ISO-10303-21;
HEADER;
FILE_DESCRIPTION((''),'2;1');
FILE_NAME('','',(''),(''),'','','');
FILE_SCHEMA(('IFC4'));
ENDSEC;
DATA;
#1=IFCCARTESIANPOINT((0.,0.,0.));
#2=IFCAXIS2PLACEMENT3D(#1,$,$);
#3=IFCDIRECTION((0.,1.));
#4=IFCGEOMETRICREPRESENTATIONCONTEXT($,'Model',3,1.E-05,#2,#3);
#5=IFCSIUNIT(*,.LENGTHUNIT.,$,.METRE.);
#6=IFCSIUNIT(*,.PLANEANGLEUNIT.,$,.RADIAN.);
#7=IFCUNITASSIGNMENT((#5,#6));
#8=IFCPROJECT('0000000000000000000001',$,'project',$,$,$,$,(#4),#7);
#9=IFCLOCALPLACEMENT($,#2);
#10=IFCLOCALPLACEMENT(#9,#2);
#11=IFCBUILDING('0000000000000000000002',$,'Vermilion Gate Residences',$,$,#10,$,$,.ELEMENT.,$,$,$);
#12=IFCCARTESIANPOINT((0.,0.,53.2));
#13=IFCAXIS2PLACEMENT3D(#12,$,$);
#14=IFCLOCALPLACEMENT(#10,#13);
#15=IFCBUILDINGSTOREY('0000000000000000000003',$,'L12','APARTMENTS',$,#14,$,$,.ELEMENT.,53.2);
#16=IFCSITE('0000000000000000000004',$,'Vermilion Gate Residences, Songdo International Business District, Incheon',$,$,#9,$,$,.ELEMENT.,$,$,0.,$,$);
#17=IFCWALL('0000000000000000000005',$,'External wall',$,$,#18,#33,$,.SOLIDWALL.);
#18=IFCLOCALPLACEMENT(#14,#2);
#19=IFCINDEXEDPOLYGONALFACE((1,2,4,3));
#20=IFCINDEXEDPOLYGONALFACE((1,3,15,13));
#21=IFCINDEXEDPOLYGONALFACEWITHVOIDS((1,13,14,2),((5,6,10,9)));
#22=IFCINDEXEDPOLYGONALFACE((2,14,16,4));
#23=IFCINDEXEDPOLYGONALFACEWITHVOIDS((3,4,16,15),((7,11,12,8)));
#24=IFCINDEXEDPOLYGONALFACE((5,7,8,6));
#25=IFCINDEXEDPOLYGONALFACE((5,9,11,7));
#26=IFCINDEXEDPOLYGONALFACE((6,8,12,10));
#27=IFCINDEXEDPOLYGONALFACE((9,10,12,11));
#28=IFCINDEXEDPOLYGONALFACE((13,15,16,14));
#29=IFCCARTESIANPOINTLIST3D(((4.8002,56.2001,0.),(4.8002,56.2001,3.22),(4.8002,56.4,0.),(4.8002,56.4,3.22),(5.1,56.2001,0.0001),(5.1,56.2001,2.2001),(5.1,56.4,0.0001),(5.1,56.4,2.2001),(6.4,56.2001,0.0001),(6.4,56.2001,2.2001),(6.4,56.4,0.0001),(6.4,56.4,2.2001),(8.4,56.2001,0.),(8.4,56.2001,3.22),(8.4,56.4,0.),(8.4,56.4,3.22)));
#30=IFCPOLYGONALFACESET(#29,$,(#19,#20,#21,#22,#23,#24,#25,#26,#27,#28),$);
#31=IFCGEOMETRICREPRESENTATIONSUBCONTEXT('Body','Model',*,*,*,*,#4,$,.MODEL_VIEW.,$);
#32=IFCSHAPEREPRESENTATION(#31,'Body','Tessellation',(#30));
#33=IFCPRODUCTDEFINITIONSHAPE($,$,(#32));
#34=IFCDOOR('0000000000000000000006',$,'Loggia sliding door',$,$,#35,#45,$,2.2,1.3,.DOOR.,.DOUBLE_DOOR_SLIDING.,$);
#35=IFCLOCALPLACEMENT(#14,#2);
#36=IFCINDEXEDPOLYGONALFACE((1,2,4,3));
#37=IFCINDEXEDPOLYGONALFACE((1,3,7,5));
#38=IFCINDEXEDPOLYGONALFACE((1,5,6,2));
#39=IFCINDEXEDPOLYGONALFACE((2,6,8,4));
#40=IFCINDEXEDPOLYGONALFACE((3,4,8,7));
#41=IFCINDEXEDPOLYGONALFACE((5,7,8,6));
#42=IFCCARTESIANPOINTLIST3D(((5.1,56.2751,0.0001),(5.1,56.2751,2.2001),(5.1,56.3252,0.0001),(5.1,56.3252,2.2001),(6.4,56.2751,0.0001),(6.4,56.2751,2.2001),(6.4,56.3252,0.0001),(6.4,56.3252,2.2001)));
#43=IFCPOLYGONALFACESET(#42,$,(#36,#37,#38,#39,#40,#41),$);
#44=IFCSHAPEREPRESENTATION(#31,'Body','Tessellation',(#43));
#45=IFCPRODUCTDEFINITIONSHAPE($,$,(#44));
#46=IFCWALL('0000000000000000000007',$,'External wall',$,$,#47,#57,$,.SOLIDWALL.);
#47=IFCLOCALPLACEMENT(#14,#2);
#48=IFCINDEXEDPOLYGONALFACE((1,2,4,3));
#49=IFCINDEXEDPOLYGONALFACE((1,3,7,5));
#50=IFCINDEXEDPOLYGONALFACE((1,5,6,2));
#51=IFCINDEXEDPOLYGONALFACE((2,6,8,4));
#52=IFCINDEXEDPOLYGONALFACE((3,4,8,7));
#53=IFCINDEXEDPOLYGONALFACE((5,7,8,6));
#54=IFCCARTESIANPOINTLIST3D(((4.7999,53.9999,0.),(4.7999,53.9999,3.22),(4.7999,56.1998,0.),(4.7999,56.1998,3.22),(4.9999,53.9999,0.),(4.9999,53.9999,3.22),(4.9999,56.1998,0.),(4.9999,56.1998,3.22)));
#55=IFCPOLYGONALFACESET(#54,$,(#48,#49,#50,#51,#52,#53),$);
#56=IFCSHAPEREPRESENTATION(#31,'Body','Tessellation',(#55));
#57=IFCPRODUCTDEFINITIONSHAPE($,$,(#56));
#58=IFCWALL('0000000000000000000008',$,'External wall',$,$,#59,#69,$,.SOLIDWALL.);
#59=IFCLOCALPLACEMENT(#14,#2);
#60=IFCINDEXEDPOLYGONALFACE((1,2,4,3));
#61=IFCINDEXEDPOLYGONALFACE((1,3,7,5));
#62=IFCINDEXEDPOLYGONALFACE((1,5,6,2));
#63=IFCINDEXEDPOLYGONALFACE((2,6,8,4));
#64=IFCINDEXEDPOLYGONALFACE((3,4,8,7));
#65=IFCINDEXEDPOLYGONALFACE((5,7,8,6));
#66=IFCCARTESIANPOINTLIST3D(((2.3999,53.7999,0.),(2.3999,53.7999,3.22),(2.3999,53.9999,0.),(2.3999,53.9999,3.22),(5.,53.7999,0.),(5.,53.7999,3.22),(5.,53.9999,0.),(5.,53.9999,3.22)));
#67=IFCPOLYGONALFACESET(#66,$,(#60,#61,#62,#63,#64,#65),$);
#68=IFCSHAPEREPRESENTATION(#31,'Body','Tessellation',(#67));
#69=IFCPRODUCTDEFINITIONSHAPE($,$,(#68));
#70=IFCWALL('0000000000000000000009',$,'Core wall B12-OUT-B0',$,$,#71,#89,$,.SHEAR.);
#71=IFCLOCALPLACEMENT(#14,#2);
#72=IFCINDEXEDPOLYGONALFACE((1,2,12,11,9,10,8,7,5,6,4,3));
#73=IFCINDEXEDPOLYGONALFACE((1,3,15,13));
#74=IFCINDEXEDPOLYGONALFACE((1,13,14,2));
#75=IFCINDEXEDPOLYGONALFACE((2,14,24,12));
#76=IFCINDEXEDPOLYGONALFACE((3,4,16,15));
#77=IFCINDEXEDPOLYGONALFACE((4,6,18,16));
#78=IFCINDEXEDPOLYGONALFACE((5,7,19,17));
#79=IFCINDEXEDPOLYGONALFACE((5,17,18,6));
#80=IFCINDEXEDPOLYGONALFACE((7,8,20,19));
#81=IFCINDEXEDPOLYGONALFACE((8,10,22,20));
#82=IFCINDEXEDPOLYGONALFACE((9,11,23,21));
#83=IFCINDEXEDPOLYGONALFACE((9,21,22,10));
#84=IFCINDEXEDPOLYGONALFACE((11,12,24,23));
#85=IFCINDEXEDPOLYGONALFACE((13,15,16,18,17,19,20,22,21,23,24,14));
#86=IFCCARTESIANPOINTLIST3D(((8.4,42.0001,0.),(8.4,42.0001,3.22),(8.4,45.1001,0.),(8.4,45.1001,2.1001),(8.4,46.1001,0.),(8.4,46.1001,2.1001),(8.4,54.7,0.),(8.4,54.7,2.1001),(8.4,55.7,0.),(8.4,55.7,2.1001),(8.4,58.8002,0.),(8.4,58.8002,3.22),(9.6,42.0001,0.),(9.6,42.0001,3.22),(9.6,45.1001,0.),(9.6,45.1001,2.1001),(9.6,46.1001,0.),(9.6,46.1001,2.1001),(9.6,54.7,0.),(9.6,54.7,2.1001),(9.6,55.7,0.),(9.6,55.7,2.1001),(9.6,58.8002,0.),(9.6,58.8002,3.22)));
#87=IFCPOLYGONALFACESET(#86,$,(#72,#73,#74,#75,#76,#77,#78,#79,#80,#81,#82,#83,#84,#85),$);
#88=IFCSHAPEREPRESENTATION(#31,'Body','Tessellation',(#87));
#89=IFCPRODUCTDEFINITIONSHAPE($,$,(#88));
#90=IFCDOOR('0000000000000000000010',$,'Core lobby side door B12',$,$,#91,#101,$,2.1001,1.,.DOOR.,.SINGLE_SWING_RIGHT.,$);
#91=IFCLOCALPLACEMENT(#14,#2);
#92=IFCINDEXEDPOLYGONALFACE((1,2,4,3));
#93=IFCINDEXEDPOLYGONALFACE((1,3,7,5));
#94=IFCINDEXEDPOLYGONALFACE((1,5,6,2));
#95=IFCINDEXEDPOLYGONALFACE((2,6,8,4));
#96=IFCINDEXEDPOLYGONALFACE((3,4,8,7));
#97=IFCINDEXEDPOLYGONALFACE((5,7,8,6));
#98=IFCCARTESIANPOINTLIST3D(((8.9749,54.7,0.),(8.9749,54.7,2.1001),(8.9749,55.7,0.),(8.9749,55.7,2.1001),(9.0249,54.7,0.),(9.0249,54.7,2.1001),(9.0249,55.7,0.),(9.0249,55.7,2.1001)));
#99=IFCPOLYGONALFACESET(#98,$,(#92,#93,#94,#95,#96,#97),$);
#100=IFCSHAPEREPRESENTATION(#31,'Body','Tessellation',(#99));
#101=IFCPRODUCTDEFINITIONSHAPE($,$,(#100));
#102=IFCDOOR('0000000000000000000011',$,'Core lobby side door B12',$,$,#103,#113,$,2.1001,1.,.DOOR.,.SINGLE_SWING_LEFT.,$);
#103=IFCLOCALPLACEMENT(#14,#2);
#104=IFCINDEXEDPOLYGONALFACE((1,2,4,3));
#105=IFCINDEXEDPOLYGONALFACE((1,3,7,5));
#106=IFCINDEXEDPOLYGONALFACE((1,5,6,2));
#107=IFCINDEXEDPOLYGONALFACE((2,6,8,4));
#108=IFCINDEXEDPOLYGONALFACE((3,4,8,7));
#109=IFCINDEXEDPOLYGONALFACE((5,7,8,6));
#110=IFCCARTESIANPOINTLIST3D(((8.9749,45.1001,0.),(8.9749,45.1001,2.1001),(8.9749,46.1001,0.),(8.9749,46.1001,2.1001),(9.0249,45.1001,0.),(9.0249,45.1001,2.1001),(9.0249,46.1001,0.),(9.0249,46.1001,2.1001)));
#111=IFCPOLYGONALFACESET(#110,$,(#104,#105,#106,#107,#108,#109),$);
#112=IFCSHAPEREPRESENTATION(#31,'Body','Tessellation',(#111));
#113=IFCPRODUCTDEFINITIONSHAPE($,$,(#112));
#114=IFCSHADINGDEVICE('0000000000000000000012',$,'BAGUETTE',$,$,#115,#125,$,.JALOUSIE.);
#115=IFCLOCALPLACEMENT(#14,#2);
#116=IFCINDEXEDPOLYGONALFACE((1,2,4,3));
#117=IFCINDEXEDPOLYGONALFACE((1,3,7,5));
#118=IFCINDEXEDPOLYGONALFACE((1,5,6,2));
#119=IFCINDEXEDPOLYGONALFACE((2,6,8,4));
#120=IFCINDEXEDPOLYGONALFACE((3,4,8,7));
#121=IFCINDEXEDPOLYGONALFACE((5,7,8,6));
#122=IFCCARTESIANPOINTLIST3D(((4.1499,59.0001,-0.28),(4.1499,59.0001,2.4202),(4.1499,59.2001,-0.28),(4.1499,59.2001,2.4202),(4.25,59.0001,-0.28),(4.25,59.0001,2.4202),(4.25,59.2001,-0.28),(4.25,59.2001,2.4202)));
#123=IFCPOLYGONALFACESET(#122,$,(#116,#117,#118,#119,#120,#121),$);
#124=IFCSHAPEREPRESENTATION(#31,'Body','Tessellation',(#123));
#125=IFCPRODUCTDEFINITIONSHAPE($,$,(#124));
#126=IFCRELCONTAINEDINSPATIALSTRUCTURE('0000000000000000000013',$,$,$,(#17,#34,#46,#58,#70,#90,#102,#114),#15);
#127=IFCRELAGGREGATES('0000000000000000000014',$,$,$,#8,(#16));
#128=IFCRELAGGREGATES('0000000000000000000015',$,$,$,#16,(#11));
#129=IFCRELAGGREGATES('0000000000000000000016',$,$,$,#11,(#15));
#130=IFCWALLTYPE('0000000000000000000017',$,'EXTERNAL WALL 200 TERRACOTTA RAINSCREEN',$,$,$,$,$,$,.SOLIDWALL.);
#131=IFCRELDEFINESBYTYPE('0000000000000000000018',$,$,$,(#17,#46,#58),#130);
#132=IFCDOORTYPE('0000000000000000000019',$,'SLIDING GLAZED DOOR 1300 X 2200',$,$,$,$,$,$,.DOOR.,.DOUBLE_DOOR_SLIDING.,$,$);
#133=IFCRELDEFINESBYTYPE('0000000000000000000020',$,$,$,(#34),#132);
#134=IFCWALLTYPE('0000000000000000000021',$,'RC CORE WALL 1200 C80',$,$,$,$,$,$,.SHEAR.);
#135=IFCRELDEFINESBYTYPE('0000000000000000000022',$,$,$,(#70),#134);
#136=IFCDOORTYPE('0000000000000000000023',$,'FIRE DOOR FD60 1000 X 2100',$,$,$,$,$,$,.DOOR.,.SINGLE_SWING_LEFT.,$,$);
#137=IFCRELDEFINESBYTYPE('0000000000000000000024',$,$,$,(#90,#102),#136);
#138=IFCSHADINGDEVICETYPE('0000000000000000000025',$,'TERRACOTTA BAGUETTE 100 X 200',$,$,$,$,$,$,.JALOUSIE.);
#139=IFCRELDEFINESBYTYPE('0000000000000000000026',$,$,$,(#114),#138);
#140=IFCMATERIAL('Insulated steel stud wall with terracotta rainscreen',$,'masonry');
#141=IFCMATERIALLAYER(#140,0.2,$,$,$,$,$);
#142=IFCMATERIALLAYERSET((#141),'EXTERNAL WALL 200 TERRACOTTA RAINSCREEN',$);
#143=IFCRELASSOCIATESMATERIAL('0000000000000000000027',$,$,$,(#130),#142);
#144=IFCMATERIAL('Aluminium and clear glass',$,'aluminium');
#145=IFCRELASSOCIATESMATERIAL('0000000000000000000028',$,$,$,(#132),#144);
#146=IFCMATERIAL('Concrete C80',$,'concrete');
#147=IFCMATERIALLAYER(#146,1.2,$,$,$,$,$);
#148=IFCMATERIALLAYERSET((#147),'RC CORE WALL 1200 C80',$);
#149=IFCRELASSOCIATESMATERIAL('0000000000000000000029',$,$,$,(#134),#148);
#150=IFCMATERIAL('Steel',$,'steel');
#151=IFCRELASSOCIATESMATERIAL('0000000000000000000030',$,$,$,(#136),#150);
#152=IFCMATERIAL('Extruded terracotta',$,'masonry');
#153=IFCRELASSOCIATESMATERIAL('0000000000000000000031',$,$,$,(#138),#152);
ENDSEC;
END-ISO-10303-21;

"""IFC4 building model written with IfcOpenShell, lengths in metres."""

from ifc_helpers import new_model, si_unit, direction, frame, frame_2d, origin, origin_2d, place, context, subcontext, project, spatial, rectangle, extrude, material, layer, layer_set, material_profile, profile_set, type_object, element, fill, save


model = new_model("IFC4")

# Units and contexts
model_context = context("Model", 3, precision=1e-05, world=origin(), true_north=direction((0.0, 1.0)))
body_context = subcontext(model_context, "Body", "Model", "MODEL_VIEW")
ifc_project = project(units=[si_unit("LENGTHUNIT", "METRE"), si_unit("PLANEANGLEUNIT", "RADIAN")], contexts=[model_context])

# Site, building, storey
site_placement = place(None, origin())
site = spatial("IfcSite", under=ifc_project, at=site_placement, Name="Vermilion Gate Residences, Songdo International Business District, Incheon", CompositionType="ELEMENT", RefElevation=0.0)
building_placement = place(site_placement, origin())
building = spatial("IfcBuilding", under=site, at=building_placement, Name="Vermilion Gate Residences", CompositionType="ELEMENT")
storey_placement = place(building_placement, frame((0.0, 0.0, 53.2)))
storey = spatial("IfcBuildingStorey", under=building, at=storey_placement, Name="L12", Description="APARTMENTS", CompositionType="ELEMENT", Elevation=53.2)

# Wall, opening, door
ifc_material_1 = material(Name="Insulated steel stud wall with terracotta rainscreen", Category="masonry")
ifc_layer_1 = layer(ifc_material_1, 0.2)
ifc_layer_set_1 = layer_set([ifc_layer_1], Name="EXTERNAL WALL 200 TERRACOTTA RAINSCREEN")
wall_type_1 = type_object("IfcWallType", Name="EXTERNAL WALL 200 TERRACOTTA RAINSCREEN", PredefinedType="SOLIDWALL", material=ifc_layer_set_1)
wall_1_placement = place(storey_placement, frame((8.3999, 56.3, 0.0), z_axis=(0.0, 0.0, 1.0), x_axis=(-1.0, 0.0, 0.0)))
wall_1 = element("IfcWall", 1, at=wall_1_placement, inside=storey, type_object=wall_type_1, Name="External wall", PredefinedType="SOLIDWALL", context=body_context, shape_type="SweptSolid", body=[
    extrude(rectangle(XDim=3.5999, YDim=0.2, at=frame_2d((1.7998, 0.0))), origin(), (0.0, 0.0, 1.0), 3.22),
])
opening_1_placement = place(wall_1_placement, frame((2.0, 0.0, 0.0)))
opening_1 = element("IfcOpeningElement", 2, at=opening_1_placement, cuts=wall_1, PredefinedType="OPENING", context=body_context, shape_type="SweptSolid", body=[
    extrude(rectangle(XDim=1.3, YDim=2.2, at=frame_2d((0.6499, 1.1001))), frame((0.0, 0.1099, 0.0), z_axis=(0.0, -1.0, 0.0), x_axis=(1.0, 0.0, 0.0)), (0.0, 0.0, 1.0), 0.22),
])
ifc_material_2 = material(Name="Aluminium and clear glass", Category="aluminium")
door_type_1 = type_object("IfcDoorType", Name="SLIDING GLAZED DOOR 1300 X 2200", OperationType="DOUBLE_DOOR_SLIDING", PredefinedType="DOOR", material=ifc_material_2)
door_1_placement = place(opening_1_placement, origin())
door_1 = element("IfcDoor", 3, at=door_1_placement, inside=storey, type_object=door_type_1, Name="Loggia sliding door", OperationType="DOUBLE_DOOR_SLIDING", OverallHeight=2.2, OverallWidth=1.3, PredefinedType="DOOR", context=body_context, shape_type="SweptSolid", body=[
    extrude(rectangle(XDim=1.3, YDim=2.2, at=frame_2d((0.6499, 1.1001))), frame((0.0, 0.0249, 0.0), z_axis=(0.0, -1.0, 0.0), x_axis=(1.0, 0.0, 0.0)), (0.0, 0.0, 1.0), 0.05),
])
fill(opening_1, door_1)

# Walls
wall_2_placement = place(storey_placement, frame((4.8999, 56.2, 0.0), z_axis=(0.0, 0.0, 1.0), x_axis=(0.0, -1.0, 0.0)))
element("IfcWall", 4, at=wall_2_placement, inside=storey, type_object=wall_type_1, Name="External wall", PredefinedType="SOLIDWALL", context=body_context, shape_type="SweptSolid", body=[
    extrude(rectangle(XDim=2.2, YDim=0.2, at=frame_2d((1.1001, 0.0))), origin(), (0.0, 0.0, 1.0), 3.22),
])
wall_3_placement = place(storey_placement, frame((5.0, 53.8999, 0.0), z_axis=(0.0, 0.0, 1.0), x_axis=(-1.0, 0.0, 0.0)))
element("IfcWall", 5, at=wall_3_placement, inside=storey, type_object=wall_type_1, Name="External wall", PredefinedType="SOLIDWALL", context=body_context, shape_type="SweptSolid", body=[
    extrude(rectangle(XDim=2.6001, YDim=0.2, at=frame_2d((1.3, 0.0))), origin(), (0.0, 0.0, 1.0), 3.22),
])

# Wall, openings, doors
ifc_material_3 = material(Name="Concrete C80", Category="concrete")
ifc_layer_2 = layer(ifc_material_3, 1.2)
ifc_layer_set_2 = layer_set([ifc_layer_2], Name="RC CORE WALL 1200 C80")
wall_type_2 = type_object("IfcWallType", Name="RC CORE WALL 1200 C80", PredefinedType="SHEAR", material=ifc_layer_set_2)
wall_4_placement = place(storey_placement, frame((9.0, 58.8, 0.0), z_axis=(0.0, 0.0, 1.0), x_axis=(0.0, -1.0, 0.0)))
wall_4 = element("IfcWall", 6, at=wall_4_placement, inside=storey, type_object=wall_type_2, Name="Core wall B12-OUT-B0", PredefinedType="SHEAR", context=body_context, shape_type="SweptSolid", body=[
    extrude(rectangle(XDim=16.8, YDim=1.2, at=frame_2d((8.3999, 0.0))), origin(), (0.0, 0.0, 1.0), 3.22),
])
opening_2_placement = place(wall_4_placement, frame((3.1001, 0.0, 0.0)))
opening_2 = element("IfcOpeningElement", 7, at=opening_2_placement, cuts=wall_4, PredefinedType="OPENING", context=body_context, shape_type="SweptSolid", body=[
    extrude(rectangle(XDim=1.0, YDim=2.1001, at=frame_2d((0.5, 1.05))), frame((0.0, 0.6099, 0.0), z_axis=(0.0, -1.0, 0.0), x_axis=(1.0, 0.0, 0.0)), (0.0, 0.0, 1.0), 1.22),
])
opening_3_placement = place(wall_4_placement, frame((12.7, 0.0, 0.0)))
opening_3 = element("IfcOpeningElement", 8, at=opening_3_placement, cuts=wall_4, PredefinedType="OPENING", context=body_context, shape_type="SweptSolid", body=[
    extrude(rectangle(XDim=1.0, YDim=2.1001, at=frame_2d((0.5, 1.05))), frame((0.0, 0.6099, 0.0), z_axis=(0.0, -1.0, 0.0), x_axis=(1.0, 0.0, 0.0)), (0.0, 0.0, 1.0), 1.22),
])
ifc_material_4 = material(Name="Steel", Category="steel")
door_type_2 = type_object("IfcDoorType", Name="FIRE DOOR FD60 1000 X 2100", OperationType="SINGLE_SWING_LEFT", PredefinedType="DOOR", material=ifc_material_4)
door_2_placement = place(opening_2_placement, origin())
door_2 = element("IfcDoor", 9, at=door_2_placement, inside=storey, type_object=door_type_2, Name="Core lobby side door B12", OperationType="SINGLE_SWING_RIGHT", OverallHeight=2.1001, OverallWidth=1.0, PredefinedType="DOOR", context=body_context, shape_type="SweptSolid", body=[
    extrude(rectangle(XDim=1.0, YDim=2.1001, at=frame_2d((0.5, 1.05))), frame((0.0, 0.0249, 0.0), z_axis=(0.0, -1.0, 0.0), x_axis=(1.0, 0.0, 0.0)), (0.0, 0.0, 1.0), 0.05),
])
fill(opening_2, door_2)
door_3_placement = place(opening_3_placement, origin())
door_3 = element("IfcDoor", 10, at=door_3_placement, inside=storey, type_object=door_type_2, Name="Core lobby side door B12", OperationType="SINGLE_SWING_LEFT", OverallHeight=2.1001, OverallWidth=1.0, PredefinedType="DOOR", context=body_context, shape_type="SweptSolid", body=[
    extrude(rectangle(XDim=1.0, YDim=2.1001, at=frame_2d((0.5, 1.05))), frame((0.0, 0.0249, 0.0), z_axis=(0.0, -1.0, 0.0), x_axis=(1.0, 0.0, 0.0)), (0.0, 0.0, 1.0), 0.05),
])
fill(opening_3, door_3)

# Shading device
ifc_material_5 = material(Name="Extruded terracotta", Category="masonry")
ifc_material_profile = material_profile(ifc_material_5, rectangle(XDim=0.2, YDim=0.1001, at=origin_2d()), Name="BAGUETTE 100 X 200")
ifc_profile_set = profile_set([ifc_material_profile], Name="Extruded terracotta")
shading_device_type = type_object("IfcShadingDeviceType", Name="TERRACOTTA BAGUETTE 100 X 200", PredefinedType="JALOUSIE", material=ifc_profile_set)
shading_device_placement = place(storey_placement, frame((4.2, 59.1001, -0.28), z_axis=(0.0, 0.0, 1.0), x_axis=(0.0, -1.0, 0.0)))
element("IfcShadingDevice", 11, at=shading_device_placement, inside=storey, type_object=shading_device_type, Name="BAGUETTE", PredefinedType="JALOUSIE", context=body_context, shape_type="SweptSolid", body=[
    extrude(rectangle(XDim=0.2, YDim=0.1001, at=origin_2d()), origin(), (0.0, 0.0, 1.0), 2.7002),
])

save(model, "model.ifc")
